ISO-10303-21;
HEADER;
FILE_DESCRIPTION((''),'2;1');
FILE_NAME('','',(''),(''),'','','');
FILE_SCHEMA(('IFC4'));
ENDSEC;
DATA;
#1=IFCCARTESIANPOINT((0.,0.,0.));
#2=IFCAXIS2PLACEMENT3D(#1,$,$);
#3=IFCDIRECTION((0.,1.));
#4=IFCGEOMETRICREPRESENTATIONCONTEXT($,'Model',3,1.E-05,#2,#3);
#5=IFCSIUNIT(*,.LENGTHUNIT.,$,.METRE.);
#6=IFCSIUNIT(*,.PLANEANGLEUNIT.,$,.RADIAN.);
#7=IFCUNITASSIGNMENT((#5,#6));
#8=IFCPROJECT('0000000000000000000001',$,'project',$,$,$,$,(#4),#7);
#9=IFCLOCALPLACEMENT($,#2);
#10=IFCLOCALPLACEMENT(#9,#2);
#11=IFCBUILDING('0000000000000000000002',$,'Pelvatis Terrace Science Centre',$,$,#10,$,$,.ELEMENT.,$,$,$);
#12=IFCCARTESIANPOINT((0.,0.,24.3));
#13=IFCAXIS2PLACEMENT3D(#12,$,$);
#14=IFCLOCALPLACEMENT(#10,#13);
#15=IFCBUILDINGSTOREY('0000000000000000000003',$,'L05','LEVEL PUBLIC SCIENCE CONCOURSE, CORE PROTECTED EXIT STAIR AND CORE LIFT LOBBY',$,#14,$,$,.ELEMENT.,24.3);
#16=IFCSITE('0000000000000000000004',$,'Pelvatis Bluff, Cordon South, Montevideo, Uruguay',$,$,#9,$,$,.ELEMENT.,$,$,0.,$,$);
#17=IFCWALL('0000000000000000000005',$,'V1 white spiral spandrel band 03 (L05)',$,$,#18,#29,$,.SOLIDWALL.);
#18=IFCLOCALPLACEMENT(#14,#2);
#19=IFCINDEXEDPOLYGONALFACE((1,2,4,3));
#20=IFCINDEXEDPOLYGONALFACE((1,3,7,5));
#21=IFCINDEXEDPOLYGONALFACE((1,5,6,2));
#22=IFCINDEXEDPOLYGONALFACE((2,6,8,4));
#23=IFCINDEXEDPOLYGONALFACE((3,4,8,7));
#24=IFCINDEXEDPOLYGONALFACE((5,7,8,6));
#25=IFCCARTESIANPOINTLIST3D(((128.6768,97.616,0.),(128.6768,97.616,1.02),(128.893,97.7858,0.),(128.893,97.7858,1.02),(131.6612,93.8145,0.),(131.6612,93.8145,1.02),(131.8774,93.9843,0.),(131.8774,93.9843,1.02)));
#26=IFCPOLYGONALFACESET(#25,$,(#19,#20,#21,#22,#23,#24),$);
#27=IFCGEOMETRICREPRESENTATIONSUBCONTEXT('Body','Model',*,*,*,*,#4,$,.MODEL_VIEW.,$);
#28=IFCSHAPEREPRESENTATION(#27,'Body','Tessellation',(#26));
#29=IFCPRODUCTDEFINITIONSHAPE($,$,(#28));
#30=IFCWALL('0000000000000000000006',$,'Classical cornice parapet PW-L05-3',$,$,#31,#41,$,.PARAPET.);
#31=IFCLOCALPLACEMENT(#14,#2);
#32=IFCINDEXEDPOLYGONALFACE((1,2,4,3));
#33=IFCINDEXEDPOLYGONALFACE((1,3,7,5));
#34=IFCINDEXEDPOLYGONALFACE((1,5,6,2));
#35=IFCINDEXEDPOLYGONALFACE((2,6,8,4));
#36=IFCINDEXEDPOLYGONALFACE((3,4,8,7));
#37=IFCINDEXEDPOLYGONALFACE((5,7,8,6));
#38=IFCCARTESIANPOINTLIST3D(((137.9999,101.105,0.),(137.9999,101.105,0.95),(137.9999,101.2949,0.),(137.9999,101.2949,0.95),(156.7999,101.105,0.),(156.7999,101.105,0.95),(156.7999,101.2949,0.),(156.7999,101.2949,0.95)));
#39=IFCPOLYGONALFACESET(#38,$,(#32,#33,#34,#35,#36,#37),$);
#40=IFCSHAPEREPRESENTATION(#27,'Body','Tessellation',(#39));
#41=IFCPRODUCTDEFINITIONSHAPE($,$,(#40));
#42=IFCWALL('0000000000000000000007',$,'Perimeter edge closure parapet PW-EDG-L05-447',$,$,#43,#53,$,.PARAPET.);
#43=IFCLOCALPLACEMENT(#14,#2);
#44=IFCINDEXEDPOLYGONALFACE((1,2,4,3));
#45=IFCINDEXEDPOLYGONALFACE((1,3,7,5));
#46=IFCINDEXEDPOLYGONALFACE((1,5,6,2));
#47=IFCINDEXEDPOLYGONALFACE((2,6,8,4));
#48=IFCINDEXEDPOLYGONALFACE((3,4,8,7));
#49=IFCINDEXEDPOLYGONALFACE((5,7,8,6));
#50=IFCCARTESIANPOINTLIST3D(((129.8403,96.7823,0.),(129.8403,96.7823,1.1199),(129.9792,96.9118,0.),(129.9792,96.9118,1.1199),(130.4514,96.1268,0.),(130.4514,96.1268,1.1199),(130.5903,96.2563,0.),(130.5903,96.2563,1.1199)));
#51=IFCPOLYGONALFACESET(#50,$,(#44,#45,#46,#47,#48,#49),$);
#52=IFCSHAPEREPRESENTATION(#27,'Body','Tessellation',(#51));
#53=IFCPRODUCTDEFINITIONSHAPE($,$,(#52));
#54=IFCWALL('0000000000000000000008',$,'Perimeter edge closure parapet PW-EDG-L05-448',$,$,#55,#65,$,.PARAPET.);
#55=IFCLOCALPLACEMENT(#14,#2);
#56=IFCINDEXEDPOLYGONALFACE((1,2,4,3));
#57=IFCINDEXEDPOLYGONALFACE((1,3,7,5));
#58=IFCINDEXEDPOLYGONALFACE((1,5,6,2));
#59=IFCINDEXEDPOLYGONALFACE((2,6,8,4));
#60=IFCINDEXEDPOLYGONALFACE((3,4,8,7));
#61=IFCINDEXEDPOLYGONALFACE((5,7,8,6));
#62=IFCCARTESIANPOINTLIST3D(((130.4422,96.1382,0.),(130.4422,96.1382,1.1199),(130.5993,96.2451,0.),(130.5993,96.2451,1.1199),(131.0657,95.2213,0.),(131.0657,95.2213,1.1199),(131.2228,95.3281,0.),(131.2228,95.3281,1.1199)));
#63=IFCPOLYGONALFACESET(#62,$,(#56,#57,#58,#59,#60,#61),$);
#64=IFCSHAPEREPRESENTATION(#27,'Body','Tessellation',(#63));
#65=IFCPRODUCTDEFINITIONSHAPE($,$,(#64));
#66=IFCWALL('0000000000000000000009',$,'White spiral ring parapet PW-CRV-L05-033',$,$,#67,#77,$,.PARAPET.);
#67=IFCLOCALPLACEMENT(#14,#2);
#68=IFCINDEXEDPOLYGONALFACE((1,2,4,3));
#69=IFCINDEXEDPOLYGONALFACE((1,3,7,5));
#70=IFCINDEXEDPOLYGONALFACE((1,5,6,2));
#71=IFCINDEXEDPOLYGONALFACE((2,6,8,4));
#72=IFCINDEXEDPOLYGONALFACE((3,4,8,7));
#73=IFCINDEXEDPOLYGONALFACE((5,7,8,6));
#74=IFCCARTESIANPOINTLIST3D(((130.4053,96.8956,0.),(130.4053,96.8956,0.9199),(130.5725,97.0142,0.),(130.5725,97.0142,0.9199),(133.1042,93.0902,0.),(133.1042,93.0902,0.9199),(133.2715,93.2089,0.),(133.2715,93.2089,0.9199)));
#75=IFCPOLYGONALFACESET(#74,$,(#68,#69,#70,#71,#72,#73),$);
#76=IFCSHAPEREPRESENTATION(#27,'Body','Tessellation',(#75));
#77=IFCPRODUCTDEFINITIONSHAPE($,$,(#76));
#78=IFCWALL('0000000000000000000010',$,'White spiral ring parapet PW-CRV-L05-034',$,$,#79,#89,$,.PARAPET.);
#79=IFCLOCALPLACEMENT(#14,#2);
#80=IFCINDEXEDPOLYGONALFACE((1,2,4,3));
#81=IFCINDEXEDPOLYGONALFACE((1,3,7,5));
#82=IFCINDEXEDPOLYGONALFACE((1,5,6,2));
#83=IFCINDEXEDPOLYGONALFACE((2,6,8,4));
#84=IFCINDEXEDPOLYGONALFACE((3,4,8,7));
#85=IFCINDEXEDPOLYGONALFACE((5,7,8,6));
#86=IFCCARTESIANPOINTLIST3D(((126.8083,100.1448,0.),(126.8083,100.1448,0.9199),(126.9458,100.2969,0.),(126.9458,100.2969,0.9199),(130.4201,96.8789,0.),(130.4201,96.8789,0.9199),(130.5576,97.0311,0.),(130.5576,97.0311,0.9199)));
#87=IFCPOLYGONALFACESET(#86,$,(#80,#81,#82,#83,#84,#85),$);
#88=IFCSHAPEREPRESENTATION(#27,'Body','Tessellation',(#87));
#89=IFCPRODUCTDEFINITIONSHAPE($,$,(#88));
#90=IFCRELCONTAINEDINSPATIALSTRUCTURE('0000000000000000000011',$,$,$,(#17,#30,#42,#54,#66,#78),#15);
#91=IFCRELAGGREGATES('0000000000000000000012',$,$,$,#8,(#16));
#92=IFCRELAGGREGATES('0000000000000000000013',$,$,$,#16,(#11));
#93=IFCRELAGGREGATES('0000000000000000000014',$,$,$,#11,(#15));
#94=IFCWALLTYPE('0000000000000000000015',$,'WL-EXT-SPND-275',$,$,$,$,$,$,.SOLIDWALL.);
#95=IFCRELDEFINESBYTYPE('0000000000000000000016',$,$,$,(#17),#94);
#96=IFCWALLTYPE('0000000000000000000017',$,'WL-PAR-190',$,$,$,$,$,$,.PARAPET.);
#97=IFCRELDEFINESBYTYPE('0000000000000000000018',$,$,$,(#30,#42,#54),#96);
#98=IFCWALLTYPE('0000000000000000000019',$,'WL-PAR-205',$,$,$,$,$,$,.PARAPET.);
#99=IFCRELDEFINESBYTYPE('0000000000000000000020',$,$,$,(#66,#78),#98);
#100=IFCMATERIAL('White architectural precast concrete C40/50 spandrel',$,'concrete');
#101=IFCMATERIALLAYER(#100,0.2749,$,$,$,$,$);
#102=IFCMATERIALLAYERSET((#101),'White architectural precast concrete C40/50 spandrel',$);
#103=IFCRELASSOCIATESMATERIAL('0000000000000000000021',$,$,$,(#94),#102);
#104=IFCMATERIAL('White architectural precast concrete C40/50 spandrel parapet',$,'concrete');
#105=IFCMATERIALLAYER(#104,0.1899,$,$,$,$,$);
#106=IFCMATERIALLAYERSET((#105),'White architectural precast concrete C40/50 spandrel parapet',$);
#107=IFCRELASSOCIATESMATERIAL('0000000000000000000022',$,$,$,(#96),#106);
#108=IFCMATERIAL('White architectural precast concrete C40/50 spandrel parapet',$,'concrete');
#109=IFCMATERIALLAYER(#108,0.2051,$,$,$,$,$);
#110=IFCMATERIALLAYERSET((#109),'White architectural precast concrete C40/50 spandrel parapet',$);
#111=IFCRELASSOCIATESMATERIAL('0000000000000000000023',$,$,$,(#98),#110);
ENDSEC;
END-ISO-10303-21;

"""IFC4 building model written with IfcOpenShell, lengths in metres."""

from ifc_helpers import new_model, si_unit, direction, frame, frame_2d, origin, place, context, subcontext, project, spatial, rectangle, extrude, material, layer, layer_set, type_object, element, save


model = new_model("IFC4")

# Units and contexts
model_context = context("Model", 3, precision=1e-05, world=origin(), true_north=direction((0.0, 1.0)))
body_context = subcontext(model_context, "Body", "Model", "MODEL_VIEW")
ifc_project = project(units=[si_unit("LENGTHUNIT", "METRE"), si_unit("PLANEANGLEUNIT", "RADIAN")], contexts=[model_context])

# Site, building, storey
site_placement = place(None, origin())
site = spatial("IfcSite", under=ifc_project, at=site_placement, Name="Pelvatis Bluff, Cordon South, Montevideo, Uruguay", CompositionType="ELEMENT", RefElevation=0.0)
building_placement = place(site_placement, origin())
building = spatial("IfcBuilding", under=site, at=building_placement, Name="Pelvatis Terrace Science Centre", CompositionType="ELEMENT")
storey_placement = place(building_placement, frame((0.0, 0.0, 24.3)))
storey = spatial("IfcBuildingStorey", under=building, at=storey_placement, Name="L05", Description="LEVEL PUBLIC SCIENCE CONCOURSE, CORE PROTECTED EXIT STAIR AND CORE LIFT LOBBY", CompositionType="ELEMENT", Elevation=24.3)

# Walls
ifc_material_1 = material(Name="White architectural precast concrete C40/50 spandrel", Category="concrete")
ifc_layer_1 = layer(ifc_material_1, 0.2749)
ifc_layer_set_1 = layer_set([ifc_layer_1], Name="White architectural precast concrete C40/50 spandrel")
wall_type_1 = type_object("IfcWallType", Name="WL-EXT-SPND-275", PredefinedType="SOLIDWALL", material=ifc_layer_set_1)
wall_1_placement = place(storey_placement, frame((131.7693, 93.8994, 0.0), z_axis=(0.0, 0.0, 1.0), x_axis=(-0.617498, 0.786572, 0.0)))
element("IfcWall", 1, at=wall_1_placement, inside=storey, type_object=wall_type_1, Name="V1 white spiral spandrel band 03 (L05)", PredefinedType="SOLIDWALL", context=body_context, shape_type="SweptSolid", body=[
    extrude(rectangle(XDim=4.833, YDim=0.2749, at=frame_2d((2.4165, 0.0))), origin(), (0.0, 0.0, 1.0), 1.02),
])
ifc_material_2 = material(Name="White architectural precast concrete C40/50 spandrel parapet", Category="concrete")
ifc_layer_2 = layer(ifc_material_2, 0.1899)
ifc_layer_set_2 = layer_set([ifc_layer_2], Name="White architectural precast concrete C40/50 spandrel parapet")
wall_type_2 = type_object("IfcWallType", Name="WL-PAR-190", PredefinedType="PARAPET", material=ifc_layer_set_2)
wall_2_placement = place(storey_placement, frame((138.0, 101.2, 0.0), z_axis=(0.0, 0.0, 1.0), x_axis=(1.0, 0.0, 0.0)))
element("IfcWall", 2, at=wall_2_placement, inside=storey, type_object=wall_type_2, Name="Classical cornice parapet PW-L05-3", PredefinedType="PARAPET", context=body_context, shape_type="SweptSolid", body=[
    extrude(rectangle(XDim=18.8, YDim=0.1899, at=frame_2d((9.3999, 0.0))), origin(), (0.0, 0.0, 1.0), 0.95),
])
wall_3_placement = place(storey_placement, frame((129.9097, 96.8472, 0.0), z_axis=(0.0, 0.0, 1.0), x_axis=(0.681881, -0.731463, 0.0)))
element("IfcWall", 3, at=wall_3_placement, inside=storey, type_object=wall_type_2, Name="Perimeter edge closure parapet PW-EDG-L05-447", PredefinedType="PARAPET", context=body_context, shape_type="SweptSolid", body=[
    extrude(rectangle(XDim=0.8962, YDim=0.1899, at=frame_2d((0.4482, 0.0))), origin(), (0.0, 0.0, 1.0), 1.1199),
])
wall_4_placement = place(storey_placement, frame((130.5208, 96.1917, 0.0), z_axis=(0.0, 0.0, 1.0), x_axis=(0.562298, -0.826935, 0.0)))
element("IfcWall", 4, at=wall_4_placement, inside=storey, type_object=wall_type_2, Name="Perimeter edge closure parapet PW-EDG-L05-448", PredefinedType="PARAPET", context=body_context, shape_type="SweptSolid", body=[
    extrude(rectangle(XDim=1.1089, YDim=0.1899, at=frame_2d((0.5544, 0.0))), origin(), (0.0, 0.0, 1.0), 1.1199),
])
ifc_material_3 = material(Name="White architectural precast concrete C40/50 spandrel parapet", Category="concrete")
ifc_layer_3 = layer(ifc_material_3, 0.2051)
ifc_layer_set_3 = layer_set([ifc_layer_3], Name="White architectural precast concrete C40/50 spandrel parapet")
wall_type_3 = type_object("IfcWallType", Name="WL-PAR-205", PredefinedType="PARAPET", material=ifc_layer_set_3)
wall_5_placement = place(storey_placement, frame((133.1877, 93.1497, 0.0), z_axis=(0.0, 0.0, 1.0), x_axis=(-0.578512, 0.815674, 0.0)))
element("IfcWall", 5, at=wall_5_placement, inside=storey, type_object=wall_type_3, Name="White spiral ring parapet PW-CRV-L05-033", PredefinedType="PARAPET", context=body_context, shape_type="SweptSolid", body=[
    extrude(rectangle(XDim=4.6653, YDim=0.2051, at=frame_2d((2.3325, 0.0))), origin(), (0.0, 0.0, 1.0), 0.9199),
])
wall_6_placement = place(storey_placement, frame((130.4888, 96.9551, 0.0), z_axis=(0.0, 0.0, 1.0), x_axis=(-0.741736, 0.670691, 0.0)))
element("IfcWall", 6, at=wall_6_placement, inside=storey, type_object=wall_type_3, Name="White spiral ring parapet PW-CRV-L05-034", PredefinedType="PARAPET", context=body_context, shape_type="SweptSolid", body=[
    extrude(rectangle(XDim=4.8694, YDim=0.2051, at=frame_2d((2.4346, 0.0))), origin(), (0.0, 0.0, 1.0), 0.9199),
])

save(model, "model.ifc")
